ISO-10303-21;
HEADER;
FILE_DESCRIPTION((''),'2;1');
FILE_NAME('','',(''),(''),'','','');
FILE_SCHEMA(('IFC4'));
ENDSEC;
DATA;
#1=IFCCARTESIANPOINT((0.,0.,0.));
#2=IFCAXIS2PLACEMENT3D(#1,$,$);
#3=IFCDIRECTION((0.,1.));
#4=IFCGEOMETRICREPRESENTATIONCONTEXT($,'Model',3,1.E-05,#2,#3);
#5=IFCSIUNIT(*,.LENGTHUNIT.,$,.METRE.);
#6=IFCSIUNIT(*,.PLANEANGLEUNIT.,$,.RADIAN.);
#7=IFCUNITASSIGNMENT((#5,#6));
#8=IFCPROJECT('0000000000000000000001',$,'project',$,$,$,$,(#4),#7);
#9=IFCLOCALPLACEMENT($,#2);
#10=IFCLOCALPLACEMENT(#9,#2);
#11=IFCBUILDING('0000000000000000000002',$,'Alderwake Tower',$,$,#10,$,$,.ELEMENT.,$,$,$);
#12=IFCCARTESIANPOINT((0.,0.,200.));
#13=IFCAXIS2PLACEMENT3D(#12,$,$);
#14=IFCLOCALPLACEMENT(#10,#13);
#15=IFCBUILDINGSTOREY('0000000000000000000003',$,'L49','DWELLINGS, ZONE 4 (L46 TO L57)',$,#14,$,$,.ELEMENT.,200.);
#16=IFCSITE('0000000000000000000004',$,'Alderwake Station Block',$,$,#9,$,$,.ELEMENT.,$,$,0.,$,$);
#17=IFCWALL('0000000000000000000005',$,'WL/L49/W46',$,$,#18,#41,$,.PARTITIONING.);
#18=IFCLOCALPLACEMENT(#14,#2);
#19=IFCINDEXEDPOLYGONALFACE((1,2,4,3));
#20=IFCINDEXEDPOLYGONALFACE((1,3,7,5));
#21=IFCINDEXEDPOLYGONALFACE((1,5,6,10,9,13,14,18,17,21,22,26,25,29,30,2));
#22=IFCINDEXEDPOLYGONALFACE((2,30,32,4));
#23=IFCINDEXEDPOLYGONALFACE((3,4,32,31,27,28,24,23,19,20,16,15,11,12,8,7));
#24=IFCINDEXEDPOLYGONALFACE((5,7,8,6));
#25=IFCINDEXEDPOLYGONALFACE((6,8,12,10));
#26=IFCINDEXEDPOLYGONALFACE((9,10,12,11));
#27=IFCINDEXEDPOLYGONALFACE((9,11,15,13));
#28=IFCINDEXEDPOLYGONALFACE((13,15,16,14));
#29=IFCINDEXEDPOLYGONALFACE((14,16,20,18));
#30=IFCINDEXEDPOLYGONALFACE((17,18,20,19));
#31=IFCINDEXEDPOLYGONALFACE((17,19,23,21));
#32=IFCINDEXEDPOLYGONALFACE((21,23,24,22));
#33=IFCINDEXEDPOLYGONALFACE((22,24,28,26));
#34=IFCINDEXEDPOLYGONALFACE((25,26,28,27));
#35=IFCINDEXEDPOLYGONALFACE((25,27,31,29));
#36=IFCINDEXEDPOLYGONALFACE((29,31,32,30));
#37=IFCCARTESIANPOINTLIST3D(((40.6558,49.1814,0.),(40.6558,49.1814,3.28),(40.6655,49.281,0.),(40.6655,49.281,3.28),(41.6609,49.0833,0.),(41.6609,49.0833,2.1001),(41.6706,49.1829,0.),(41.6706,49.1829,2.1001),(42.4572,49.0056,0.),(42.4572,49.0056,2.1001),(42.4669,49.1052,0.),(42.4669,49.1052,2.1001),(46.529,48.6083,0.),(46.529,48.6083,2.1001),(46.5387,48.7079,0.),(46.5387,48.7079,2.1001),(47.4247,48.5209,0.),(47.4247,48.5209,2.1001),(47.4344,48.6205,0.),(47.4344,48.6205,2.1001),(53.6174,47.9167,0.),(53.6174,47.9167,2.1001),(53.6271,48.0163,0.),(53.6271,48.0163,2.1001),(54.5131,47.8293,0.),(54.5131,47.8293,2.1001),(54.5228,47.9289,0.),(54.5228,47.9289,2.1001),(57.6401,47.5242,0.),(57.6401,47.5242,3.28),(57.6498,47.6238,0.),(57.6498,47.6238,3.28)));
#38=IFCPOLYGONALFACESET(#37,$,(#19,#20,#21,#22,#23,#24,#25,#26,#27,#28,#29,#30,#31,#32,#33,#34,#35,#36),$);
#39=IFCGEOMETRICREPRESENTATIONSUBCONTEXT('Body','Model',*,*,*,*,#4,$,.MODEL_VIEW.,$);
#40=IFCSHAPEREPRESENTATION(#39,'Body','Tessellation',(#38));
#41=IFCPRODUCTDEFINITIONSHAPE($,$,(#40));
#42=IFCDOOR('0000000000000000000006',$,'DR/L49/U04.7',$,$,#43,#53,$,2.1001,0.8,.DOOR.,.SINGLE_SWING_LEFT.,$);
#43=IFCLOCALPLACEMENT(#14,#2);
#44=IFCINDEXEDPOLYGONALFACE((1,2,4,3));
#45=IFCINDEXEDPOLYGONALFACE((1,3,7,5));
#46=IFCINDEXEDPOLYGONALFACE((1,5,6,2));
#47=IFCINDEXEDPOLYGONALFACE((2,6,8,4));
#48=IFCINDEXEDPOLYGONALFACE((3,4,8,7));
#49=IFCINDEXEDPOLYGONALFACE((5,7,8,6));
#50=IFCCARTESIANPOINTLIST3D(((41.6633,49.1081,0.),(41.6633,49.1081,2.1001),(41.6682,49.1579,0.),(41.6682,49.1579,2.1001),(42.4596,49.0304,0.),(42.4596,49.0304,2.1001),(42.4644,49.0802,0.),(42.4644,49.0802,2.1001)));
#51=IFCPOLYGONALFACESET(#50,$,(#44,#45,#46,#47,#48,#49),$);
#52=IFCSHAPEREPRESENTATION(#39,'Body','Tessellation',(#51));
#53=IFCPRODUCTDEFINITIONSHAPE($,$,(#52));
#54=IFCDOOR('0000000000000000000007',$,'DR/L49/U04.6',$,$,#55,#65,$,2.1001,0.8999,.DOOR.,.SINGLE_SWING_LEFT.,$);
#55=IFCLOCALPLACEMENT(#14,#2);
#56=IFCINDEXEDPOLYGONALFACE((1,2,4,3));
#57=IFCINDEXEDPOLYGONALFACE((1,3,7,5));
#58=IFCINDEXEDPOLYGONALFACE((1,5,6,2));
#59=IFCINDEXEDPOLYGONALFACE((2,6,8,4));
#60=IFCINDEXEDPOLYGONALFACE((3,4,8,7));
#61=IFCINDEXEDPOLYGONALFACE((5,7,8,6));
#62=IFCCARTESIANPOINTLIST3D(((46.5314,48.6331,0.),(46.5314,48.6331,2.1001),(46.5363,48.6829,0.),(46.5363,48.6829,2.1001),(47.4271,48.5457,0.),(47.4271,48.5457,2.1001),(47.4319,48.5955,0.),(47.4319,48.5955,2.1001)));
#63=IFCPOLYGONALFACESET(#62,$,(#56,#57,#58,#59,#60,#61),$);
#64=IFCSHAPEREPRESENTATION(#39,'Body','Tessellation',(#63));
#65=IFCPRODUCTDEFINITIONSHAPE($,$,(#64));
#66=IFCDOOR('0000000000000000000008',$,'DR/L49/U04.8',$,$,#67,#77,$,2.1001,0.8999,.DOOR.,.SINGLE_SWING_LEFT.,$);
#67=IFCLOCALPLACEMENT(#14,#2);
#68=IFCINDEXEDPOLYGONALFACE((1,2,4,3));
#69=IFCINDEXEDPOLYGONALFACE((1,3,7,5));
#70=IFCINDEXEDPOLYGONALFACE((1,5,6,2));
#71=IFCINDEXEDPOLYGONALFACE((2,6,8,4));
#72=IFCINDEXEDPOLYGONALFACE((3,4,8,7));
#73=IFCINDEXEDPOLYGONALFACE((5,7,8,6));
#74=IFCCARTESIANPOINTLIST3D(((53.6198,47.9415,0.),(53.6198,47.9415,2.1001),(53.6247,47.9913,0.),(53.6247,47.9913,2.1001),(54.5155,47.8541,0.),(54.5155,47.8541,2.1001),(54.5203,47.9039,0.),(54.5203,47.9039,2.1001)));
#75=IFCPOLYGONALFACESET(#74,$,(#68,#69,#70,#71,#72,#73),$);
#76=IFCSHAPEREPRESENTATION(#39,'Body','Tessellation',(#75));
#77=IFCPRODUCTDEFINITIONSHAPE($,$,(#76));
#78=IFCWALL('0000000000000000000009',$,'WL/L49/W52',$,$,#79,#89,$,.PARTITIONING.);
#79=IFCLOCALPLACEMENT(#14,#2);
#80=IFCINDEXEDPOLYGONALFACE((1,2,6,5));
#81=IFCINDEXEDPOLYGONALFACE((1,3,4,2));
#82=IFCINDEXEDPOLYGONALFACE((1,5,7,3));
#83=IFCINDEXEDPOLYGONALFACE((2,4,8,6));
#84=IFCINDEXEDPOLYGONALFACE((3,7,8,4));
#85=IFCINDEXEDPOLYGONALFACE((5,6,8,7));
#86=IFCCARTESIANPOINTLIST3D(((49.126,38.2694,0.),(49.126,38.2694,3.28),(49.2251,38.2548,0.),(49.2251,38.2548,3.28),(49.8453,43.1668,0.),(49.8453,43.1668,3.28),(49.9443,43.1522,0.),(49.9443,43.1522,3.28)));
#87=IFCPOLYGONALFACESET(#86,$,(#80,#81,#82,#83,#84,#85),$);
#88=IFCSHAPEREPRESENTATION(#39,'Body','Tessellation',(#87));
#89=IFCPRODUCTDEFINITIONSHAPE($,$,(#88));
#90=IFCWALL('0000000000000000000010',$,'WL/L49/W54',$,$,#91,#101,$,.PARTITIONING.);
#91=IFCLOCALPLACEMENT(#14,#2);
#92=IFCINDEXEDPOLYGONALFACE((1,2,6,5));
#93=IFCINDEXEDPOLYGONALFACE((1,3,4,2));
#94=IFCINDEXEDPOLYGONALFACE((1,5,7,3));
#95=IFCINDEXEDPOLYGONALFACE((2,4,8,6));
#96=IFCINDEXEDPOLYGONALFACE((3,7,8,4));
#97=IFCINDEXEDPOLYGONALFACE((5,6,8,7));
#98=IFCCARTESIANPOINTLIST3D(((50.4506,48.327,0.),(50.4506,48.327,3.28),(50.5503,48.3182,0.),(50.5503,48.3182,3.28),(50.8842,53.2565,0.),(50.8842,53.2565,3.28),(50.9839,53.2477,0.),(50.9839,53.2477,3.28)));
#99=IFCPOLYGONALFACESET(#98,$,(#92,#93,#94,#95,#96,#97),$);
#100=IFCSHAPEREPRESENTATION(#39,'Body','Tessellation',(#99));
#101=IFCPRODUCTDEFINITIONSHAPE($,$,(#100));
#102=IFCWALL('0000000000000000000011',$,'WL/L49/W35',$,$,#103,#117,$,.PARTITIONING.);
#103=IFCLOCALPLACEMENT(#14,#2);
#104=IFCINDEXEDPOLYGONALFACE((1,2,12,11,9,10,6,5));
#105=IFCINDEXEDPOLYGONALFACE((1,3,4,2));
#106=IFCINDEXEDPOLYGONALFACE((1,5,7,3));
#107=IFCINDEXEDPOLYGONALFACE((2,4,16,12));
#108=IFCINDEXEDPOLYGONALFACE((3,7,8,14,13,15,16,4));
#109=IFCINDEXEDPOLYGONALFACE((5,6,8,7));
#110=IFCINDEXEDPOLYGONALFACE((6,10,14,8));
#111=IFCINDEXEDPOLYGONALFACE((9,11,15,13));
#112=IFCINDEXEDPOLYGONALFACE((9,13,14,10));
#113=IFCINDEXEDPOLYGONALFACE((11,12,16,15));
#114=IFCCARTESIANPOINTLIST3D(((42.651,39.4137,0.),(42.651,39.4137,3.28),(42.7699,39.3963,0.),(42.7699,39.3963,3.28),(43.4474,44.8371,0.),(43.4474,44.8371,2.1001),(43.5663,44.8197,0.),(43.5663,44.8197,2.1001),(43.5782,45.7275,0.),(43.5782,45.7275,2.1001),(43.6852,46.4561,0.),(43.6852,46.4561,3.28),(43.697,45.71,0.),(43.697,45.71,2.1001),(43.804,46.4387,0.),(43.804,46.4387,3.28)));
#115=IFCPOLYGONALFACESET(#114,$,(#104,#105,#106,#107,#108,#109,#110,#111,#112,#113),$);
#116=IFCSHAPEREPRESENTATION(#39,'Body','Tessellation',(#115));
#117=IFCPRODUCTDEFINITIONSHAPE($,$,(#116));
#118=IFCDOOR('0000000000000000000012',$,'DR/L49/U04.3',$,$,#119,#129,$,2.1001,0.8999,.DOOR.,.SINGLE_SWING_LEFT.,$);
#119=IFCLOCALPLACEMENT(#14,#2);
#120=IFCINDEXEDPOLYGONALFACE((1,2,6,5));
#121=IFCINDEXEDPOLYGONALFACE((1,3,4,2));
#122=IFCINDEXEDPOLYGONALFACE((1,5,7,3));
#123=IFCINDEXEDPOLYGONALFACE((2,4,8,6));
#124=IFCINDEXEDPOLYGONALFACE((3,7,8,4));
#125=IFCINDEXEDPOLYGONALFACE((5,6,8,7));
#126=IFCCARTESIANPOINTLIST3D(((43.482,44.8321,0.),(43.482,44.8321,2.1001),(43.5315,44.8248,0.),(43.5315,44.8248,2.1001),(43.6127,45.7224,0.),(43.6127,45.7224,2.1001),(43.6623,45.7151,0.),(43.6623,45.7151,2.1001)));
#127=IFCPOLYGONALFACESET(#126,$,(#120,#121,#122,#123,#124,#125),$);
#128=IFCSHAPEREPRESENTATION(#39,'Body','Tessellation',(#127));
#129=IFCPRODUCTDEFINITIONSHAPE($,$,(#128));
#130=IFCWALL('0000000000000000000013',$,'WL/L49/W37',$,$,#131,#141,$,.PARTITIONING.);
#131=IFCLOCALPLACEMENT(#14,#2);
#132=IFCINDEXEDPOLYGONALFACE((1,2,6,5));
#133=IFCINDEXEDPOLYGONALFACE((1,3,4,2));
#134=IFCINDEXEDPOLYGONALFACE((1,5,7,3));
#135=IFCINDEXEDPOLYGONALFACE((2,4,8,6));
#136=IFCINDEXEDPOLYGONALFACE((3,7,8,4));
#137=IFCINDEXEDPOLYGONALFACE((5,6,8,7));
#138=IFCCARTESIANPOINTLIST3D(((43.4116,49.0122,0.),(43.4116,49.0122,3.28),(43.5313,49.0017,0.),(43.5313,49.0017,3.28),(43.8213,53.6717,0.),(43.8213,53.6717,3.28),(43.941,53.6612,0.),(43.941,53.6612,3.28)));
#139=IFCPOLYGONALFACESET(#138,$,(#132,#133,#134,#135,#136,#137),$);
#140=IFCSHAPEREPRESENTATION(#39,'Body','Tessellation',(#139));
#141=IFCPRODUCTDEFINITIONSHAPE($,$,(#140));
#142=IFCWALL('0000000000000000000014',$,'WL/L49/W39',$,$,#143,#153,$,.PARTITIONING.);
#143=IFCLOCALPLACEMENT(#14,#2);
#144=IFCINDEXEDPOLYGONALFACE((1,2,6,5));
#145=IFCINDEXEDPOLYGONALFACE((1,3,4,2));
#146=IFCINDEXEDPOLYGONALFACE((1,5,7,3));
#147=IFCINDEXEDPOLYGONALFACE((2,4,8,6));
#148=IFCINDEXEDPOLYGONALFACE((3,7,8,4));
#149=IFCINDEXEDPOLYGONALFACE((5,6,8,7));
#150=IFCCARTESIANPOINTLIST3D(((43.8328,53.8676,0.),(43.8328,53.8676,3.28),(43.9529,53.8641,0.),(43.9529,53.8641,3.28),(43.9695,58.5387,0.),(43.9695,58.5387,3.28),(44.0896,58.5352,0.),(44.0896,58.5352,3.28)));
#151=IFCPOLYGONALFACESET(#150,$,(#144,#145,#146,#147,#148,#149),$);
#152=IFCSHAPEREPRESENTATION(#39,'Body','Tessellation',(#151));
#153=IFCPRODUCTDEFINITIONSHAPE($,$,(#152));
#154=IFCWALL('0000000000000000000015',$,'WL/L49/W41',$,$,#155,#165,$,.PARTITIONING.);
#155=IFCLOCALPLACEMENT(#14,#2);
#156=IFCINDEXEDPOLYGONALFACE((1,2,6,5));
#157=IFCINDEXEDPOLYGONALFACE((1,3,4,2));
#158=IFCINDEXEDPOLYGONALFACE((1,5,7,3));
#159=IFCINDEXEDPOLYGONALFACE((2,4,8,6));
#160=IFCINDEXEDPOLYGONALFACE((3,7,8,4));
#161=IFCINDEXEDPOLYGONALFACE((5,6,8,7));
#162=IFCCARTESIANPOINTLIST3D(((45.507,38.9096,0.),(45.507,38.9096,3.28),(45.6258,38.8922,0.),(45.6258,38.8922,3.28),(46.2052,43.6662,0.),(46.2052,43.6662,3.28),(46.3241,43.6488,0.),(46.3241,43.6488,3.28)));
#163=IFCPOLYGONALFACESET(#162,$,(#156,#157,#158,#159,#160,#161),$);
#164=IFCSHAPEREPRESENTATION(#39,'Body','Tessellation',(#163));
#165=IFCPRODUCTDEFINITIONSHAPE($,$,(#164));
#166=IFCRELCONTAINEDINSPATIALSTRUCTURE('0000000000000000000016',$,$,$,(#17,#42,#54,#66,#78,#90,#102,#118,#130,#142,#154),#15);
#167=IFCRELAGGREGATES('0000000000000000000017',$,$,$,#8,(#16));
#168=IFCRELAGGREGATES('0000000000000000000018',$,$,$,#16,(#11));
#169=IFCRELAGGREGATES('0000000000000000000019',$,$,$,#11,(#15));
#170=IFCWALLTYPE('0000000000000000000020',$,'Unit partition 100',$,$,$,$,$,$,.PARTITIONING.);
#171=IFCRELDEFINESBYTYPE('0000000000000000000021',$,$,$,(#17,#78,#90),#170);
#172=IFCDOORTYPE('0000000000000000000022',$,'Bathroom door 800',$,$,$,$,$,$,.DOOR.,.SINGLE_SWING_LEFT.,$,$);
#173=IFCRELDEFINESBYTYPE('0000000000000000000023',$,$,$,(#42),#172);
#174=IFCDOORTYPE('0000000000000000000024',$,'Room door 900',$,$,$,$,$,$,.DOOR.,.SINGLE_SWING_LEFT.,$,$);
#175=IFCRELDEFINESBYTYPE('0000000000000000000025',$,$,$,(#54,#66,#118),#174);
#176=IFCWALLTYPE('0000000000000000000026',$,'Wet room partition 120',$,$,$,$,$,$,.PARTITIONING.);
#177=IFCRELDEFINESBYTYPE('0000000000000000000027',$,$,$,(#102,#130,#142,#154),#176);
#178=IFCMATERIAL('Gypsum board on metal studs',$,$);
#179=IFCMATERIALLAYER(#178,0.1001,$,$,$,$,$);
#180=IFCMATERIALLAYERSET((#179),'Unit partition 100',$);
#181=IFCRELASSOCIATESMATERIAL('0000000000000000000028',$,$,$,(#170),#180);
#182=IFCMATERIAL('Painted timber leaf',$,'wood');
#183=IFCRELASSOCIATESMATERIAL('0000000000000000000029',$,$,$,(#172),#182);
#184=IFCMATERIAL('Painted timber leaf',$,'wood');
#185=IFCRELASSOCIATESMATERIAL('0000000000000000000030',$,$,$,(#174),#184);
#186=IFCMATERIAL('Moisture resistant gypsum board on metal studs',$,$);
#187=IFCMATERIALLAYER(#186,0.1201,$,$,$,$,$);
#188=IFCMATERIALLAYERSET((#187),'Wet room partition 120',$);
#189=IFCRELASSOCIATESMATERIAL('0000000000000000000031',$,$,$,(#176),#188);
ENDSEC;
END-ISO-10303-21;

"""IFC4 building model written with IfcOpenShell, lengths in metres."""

from ifc_helpers import new_model, si_unit, direction, frame, frame_2d, origin, place, context, subcontext, project, spatial, rectangle, extrude, material, layer, layer_set, type_object, element, fill, save


model = new_model("IFC4")

# Units and contexts
model_context = context("Model", 3, precision=1e-05, world=origin(), true_north=direction((0.0, 1.0)))
body_context = subcontext(model_context, "Body", "Model", "MODEL_VIEW")
ifc_project = project(units=[si_unit("LENGTHUNIT", "METRE"), si_unit("PLANEANGLEUNIT", "RADIAN")], contexts=[model_context])

# Site, building, storey
site_placement = place(None, origin())
site = spatial("IfcSite", under=ifc_project, at=site_placement, Name="Alderwake Station Block", CompositionType="ELEMENT", RefElevation=0.0)
building_placement = place(site_placement, origin())
building = spatial("IfcBuilding", under=site, at=building_placement, Name="Alderwake Tower", CompositionType="ELEMENT")
storey_placement = place(building_placement, frame((0.0, 0.0, 200.0)))
storey = spatial("IfcBuildingStorey", under=building, at=storey_placement, Name="L49", Description="DWELLINGS, ZONE 4 (L46 TO L57)", CompositionType="ELEMENT", Elevation=200.0)

# Shared definitions
ifc_material_1 = material(Name="Gypsum board on metal studs")
ifc_layer_1 = layer(ifc_material_1, 0.1001)
ifc_layer_set_1 = layer_set([ifc_layer_1], Name="Unit partition 100")
wall_type_1 = type_object("IfcWallType", Name="Unit partition 100", PredefinedType="PARTITIONING", material=ifc_layer_set_1)

# Wall, openings, doors
wall_1_placement = place(storey_placement, frame((40.6606, 49.2312, 0.0), z_axis=(0.0, 0.0, 1.0), x_axis=(0.995273, -0.097112, 0.0)))
wall_1 = element("IfcWall", 1, at=wall_1_placement, inside=storey, type_object=wall_type_1, Name="WL/L49/W46", PredefinedType="PARTITIONING", context=body_context, shape_type="SweptSolid", body=[
    extrude(rectangle(XDim=17.0649, YDim=0.1001, at=frame_2d((8.5325, 0.0))), origin(), (0.0, 0.0, 1.0), 3.28),
])
opening_1_placement = place(wall_1_placement, frame((5.9011, 0.0, 0.0)))
opening_1 = element("IfcOpeningElement", 2, at=opening_1_placement, cuts=wall_1, PredefinedType="OPENING", context=body_context, shape_type="SweptSolid", body=[
    extrude(rectangle(XDim=0.8999, YDim=2.1001, at=frame_2d((0.45, 1.05))), frame((0.0, 0.0601, 0.0), z_axis=(0.0, -1.0, 0.0), x_axis=(1.0, 0.0, 0.0)), (0.0, 0.0, 1.0), 0.1201),
])
opening_2_placement = place(wall_1_placement, frame((1.01, 0.0, 0.0)))
opening_2 = element("IfcOpeningElement", 3, at=opening_2_placement, cuts=wall_1, PredefinedType="OPENING", context=body_context, shape_type="SweptSolid", body=[
    extrude(rectangle(XDim=0.8, YDim=2.1001, at=frame_2d((0.3999, 1.05))), frame((0.0, 0.0601, 0.0), z_axis=(0.0, -1.0, 0.0), x_axis=(1.0, 0.0, 0.0)), (0.0, 0.0, 1.0), 0.1201),
])
opening_3_placement = place(wall_1_placement, frame((13.0232, 0.0, 0.0)))
opening_3 = element("IfcOpeningElement", 4, at=opening_3_placement, cuts=wall_1, PredefinedType="OPENING", context=body_context, shape_type="SweptSolid", body=[
    extrude(rectangle(XDim=0.8999, YDim=2.1001, at=frame_2d((0.45, 1.05))), frame((0.0, 0.0601, 0.0), z_axis=(0.0, -1.0, 0.0), x_axis=(1.0, 0.0, 0.0)), (0.0, 0.0, 1.0), 0.1201),
])
ifc_material_2 = material(Name="Painted timber leaf", Category="wood")
door_type_1 = type_object("IfcDoorType", Name="Bathroom door 800", OperationType="SINGLE_SWING_LEFT", PredefinedType="DOOR", material=ifc_material_2)
door_1_placement = place(opening_2_placement, origin())
door_1 = element("IfcDoor", 5, at=door_1_placement, inside=storey, type_object=door_type_1, Name="DR/L49/U04.7", OperationType="SINGLE_SWING_LEFT", OverallHeight=2.1001, OverallWidth=0.8, PredefinedType="DOOR", context=body_context, shape_type="SweptSolid", body=[
    extrude(rectangle(XDim=0.8, YDim=2.1001, at=frame_2d((0.3999, 1.05))), frame((0.0, 0.0249, 0.0), z_axis=(0.0, -1.0, 0.0), x_axis=(1.0, 0.0, 0.0)), (0.0, 0.0, 1.0), 0.05),
])
fill(opening_2, door_1)
ifc_material_3 = material(Name="Painted timber leaf", Category="wood")
door_type_2 = type_object("IfcDoorType", Name="Room door 900", OperationType="SINGLE_SWING_LEFT", PredefinedType="DOOR", material=ifc_material_3)
door_2_placement = place(opening_1_placement, origin())
door_2 = element("IfcDoor", 6, at=door_2_placement, inside=storey, type_object=door_type_2, Name="DR/L49/U04.6", OperationType="SINGLE_SWING_LEFT", OverallHeight=2.1001, OverallWidth=0.8999, PredefinedType="DOOR", context=body_context, shape_type="SweptSolid", body=[
    extrude(rectangle(XDim=0.8999, YDim=2.1001, at=frame_2d((0.45, 1.05))), frame((0.0, 0.0249, 0.0), z_axis=(0.0, -1.0, 0.0), x_axis=(1.0, 0.0, 0.0)), (0.0, 0.0, 1.0), 0.05),
])
fill(opening_1, door_2)
door_3_placement = place(opening_3_placement, origin())
door_3 = element("IfcDoor", 7, at=door_3_placement, inside=storey, type_object=door_type_2, Name="DR/L49/U04.8", OperationType="SINGLE_SWING_LEFT", OverallHeight=2.1001, OverallWidth=0.8999, PredefinedType="DOOR", context=body_context, shape_type="SweptSolid", body=[
    extrude(rectangle(XDim=0.8999, YDim=2.1001, at=frame_2d((0.45, 1.05))), frame((0.0, 0.0249, 0.0), z_axis=(0.0, -1.0, 0.0), x_axis=(1.0, 0.0, 0.0)), (0.0, 0.0, 1.0), 0.05),
])
fill(opening_3, door_3)

# Walls
wall_2_placement = place(storey_placement, frame((49.1755, 38.262, 0.0), z_axis=(0.0, 0.0, 1.0), x_axis=(0.145301, 0.989388, 0.0)))
element("IfcWall", 8, at=wall_2_placement, inside=storey, type_object=wall_type_1, Name="WL/L49/W52", PredefinedType="PARTITIONING", context=body_context, shape_type="SweptSolid", body=[
    extrude(rectangle(XDim=4.95, YDim=0.1001, at=frame_2d((2.4751, 0.0))), origin(), (0.0, 0.0, 1.0), 3.28),
])
wall_3_placement = place(storey_placement, frame((50.5005, 48.3228, 0.0), z_axis=(0.0, 0.0, 1.0), x_axis=(0.087622, 0.996154, 0.0)))
element("IfcWall", 9, at=wall_3_placement, inside=storey, type_object=wall_type_1, Name="WL/L49/W54", PredefinedType="PARTITIONING", context=body_context, shape_type="SweptSolid", body=[
    extrude(rectangle(XDim=4.9485, YDim=0.1001, at=frame_2d((2.4741, 0.0))), origin(), (0.0, 0.0, 1.0), 3.28),
])

# Wall, opening, door
ifc_material_4 = material(Name="Moisture resistant gypsum board on metal studs")
ifc_layer_2 = layer(ifc_material_4, 0.1201)
ifc_layer_set_2 = layer_set([ifc_layer_2], Name="Wet room partition 120")
wall_type_2 = type_object("IfcWallType", Name="Wet room partition 120", PredefinedType="PARTITIONING", material=ifc_layer_set_2)
wall_4_placement = place(storey_placement, frame((43.7446, 46.4475, 0.0), z_axis=(0.0, 0.0, 1.0), x_axis=(-0.145291, -0.989389, 0.0)))
wall_4 = element("IfcWall", 10, at=wall_4_placement, inside=storey, type_object=wall_type_2, Name="WL/L49/W35", PredefinedType="PARTITIONING", context=body_context, shape_type="SweptSolid", body=[
    extrude(rectangle(XDim=7.1179, YDim=0.1201, at=frame_2d((3.5591, 0.0))), origin(), (0.0, 0.0, 1.0), 3.28),
])
opening_4_placement = place(wall_4_placement, frame((0.7366, 0.0, 0.0)))
opening_4 = element("IfcOpeningElement", 11, at=opening_4_placement, cuts=wall_4, PredefinedType="OPENING", context=body_context, shape_type="SweptSolid", body=[
    extrude(rectangle(XDim=0.8999, YDim=2.1001, at=frame_2d((0.45, 1.05))), frame((0.0, 0.0701, 0.0), z_axis=(0.0, -1.0, 0.0), x_axis=(1.0, 0.0, 0.0)), (0.0, 0.0, 1.0), 0.1401),
])
door_4_placement = place(opening_4_placement, origin())
door_4 = element("IfcDoor", 12, at=door_4_placement, inside=storey, type_object=door_type_2, Name="DR/L49/U04.3", OperationType="SINGLE_SWING_LEFT", OverallHeight=2.1001, OverallWidth=0.8999, PredefinedType="DOOR", context=body_context, shape_type="SweptSolid", body=[
    extrude(rectangle(XDim=0.8999, YDim=2.1001, at=frame_2d((0.45, 1.05))), frame((0.0, 0.0249, 0.0), z_axis=(0.0, -1.0, 0.0), x_axis=(1.0, 0.0, 0.0)), (0.0, 0.0, 1.0), 0.05),
])
fill(opening_4, door_4)

# Walls
wall_5_placement = place(storey_placement, frame((43.4714, 49.0068, 0.0), z_axis=(0.0, 0.0, 1.0), x_axis=(0.087585, 0.996157, 0.0)))
element("IfcWall", 13, at=wall_5_placement, inside=storey, type_object=wall_type_2, Name="WL/L49/W37", PredefinedType="PARTITIONING", context=body_context, shape_type="SweptSolid", body=[
    extrude(rectangle(XDim=4.6775, YDim=0.1201, at=frame_2d((2.3389, 0.0))), origin(), (0.0, 0.0, 1.0), 3.28),
])
wall_6_placement = place(storey_placement, frame((43.8928, 53.866, 0.0), z_axis=(0.0, 0.0, 1.0), x_axis=(0.029256, 0.999572, 0.0)))
element("IfcWall", 14, at=wall_6_placement, inside=storey, type_object=wall_type_2, Name="WL/L49/W39", PredefinedType="PARTITIONING", context=body_context, shape_type="SweptSolid", body=[
    extrude(rectangle(XDim=4.6731, YDim=0.1201, at=frame_2d((2.3364, 0.0))), origin(), (0.0, 0.0, 1.0), 3.28),
])
wall_7_placement = place(storey_placement, frame((45.5664, 38.9009, 0.0), z_axis=(0.0, 0.0, 1.0), x_axis=(0.145238, 0.989397, 0.0)))
element("IfcWall", 15, at=wall_7_placement, inside=storey, type_object=wall_type_2, Name="WL/L49/W41", PredefinedType="PARTITIONING", context=body_context, shape_type="SweptSolid", body=[
    extrude(rectangle(XDim=4.8076, YDim=0.1201, at=frame_2d((2.4038, 0.0))), origin(), (0.0, 0.0, 1.0), 3.28),
])

save(model, "model.ifc")
